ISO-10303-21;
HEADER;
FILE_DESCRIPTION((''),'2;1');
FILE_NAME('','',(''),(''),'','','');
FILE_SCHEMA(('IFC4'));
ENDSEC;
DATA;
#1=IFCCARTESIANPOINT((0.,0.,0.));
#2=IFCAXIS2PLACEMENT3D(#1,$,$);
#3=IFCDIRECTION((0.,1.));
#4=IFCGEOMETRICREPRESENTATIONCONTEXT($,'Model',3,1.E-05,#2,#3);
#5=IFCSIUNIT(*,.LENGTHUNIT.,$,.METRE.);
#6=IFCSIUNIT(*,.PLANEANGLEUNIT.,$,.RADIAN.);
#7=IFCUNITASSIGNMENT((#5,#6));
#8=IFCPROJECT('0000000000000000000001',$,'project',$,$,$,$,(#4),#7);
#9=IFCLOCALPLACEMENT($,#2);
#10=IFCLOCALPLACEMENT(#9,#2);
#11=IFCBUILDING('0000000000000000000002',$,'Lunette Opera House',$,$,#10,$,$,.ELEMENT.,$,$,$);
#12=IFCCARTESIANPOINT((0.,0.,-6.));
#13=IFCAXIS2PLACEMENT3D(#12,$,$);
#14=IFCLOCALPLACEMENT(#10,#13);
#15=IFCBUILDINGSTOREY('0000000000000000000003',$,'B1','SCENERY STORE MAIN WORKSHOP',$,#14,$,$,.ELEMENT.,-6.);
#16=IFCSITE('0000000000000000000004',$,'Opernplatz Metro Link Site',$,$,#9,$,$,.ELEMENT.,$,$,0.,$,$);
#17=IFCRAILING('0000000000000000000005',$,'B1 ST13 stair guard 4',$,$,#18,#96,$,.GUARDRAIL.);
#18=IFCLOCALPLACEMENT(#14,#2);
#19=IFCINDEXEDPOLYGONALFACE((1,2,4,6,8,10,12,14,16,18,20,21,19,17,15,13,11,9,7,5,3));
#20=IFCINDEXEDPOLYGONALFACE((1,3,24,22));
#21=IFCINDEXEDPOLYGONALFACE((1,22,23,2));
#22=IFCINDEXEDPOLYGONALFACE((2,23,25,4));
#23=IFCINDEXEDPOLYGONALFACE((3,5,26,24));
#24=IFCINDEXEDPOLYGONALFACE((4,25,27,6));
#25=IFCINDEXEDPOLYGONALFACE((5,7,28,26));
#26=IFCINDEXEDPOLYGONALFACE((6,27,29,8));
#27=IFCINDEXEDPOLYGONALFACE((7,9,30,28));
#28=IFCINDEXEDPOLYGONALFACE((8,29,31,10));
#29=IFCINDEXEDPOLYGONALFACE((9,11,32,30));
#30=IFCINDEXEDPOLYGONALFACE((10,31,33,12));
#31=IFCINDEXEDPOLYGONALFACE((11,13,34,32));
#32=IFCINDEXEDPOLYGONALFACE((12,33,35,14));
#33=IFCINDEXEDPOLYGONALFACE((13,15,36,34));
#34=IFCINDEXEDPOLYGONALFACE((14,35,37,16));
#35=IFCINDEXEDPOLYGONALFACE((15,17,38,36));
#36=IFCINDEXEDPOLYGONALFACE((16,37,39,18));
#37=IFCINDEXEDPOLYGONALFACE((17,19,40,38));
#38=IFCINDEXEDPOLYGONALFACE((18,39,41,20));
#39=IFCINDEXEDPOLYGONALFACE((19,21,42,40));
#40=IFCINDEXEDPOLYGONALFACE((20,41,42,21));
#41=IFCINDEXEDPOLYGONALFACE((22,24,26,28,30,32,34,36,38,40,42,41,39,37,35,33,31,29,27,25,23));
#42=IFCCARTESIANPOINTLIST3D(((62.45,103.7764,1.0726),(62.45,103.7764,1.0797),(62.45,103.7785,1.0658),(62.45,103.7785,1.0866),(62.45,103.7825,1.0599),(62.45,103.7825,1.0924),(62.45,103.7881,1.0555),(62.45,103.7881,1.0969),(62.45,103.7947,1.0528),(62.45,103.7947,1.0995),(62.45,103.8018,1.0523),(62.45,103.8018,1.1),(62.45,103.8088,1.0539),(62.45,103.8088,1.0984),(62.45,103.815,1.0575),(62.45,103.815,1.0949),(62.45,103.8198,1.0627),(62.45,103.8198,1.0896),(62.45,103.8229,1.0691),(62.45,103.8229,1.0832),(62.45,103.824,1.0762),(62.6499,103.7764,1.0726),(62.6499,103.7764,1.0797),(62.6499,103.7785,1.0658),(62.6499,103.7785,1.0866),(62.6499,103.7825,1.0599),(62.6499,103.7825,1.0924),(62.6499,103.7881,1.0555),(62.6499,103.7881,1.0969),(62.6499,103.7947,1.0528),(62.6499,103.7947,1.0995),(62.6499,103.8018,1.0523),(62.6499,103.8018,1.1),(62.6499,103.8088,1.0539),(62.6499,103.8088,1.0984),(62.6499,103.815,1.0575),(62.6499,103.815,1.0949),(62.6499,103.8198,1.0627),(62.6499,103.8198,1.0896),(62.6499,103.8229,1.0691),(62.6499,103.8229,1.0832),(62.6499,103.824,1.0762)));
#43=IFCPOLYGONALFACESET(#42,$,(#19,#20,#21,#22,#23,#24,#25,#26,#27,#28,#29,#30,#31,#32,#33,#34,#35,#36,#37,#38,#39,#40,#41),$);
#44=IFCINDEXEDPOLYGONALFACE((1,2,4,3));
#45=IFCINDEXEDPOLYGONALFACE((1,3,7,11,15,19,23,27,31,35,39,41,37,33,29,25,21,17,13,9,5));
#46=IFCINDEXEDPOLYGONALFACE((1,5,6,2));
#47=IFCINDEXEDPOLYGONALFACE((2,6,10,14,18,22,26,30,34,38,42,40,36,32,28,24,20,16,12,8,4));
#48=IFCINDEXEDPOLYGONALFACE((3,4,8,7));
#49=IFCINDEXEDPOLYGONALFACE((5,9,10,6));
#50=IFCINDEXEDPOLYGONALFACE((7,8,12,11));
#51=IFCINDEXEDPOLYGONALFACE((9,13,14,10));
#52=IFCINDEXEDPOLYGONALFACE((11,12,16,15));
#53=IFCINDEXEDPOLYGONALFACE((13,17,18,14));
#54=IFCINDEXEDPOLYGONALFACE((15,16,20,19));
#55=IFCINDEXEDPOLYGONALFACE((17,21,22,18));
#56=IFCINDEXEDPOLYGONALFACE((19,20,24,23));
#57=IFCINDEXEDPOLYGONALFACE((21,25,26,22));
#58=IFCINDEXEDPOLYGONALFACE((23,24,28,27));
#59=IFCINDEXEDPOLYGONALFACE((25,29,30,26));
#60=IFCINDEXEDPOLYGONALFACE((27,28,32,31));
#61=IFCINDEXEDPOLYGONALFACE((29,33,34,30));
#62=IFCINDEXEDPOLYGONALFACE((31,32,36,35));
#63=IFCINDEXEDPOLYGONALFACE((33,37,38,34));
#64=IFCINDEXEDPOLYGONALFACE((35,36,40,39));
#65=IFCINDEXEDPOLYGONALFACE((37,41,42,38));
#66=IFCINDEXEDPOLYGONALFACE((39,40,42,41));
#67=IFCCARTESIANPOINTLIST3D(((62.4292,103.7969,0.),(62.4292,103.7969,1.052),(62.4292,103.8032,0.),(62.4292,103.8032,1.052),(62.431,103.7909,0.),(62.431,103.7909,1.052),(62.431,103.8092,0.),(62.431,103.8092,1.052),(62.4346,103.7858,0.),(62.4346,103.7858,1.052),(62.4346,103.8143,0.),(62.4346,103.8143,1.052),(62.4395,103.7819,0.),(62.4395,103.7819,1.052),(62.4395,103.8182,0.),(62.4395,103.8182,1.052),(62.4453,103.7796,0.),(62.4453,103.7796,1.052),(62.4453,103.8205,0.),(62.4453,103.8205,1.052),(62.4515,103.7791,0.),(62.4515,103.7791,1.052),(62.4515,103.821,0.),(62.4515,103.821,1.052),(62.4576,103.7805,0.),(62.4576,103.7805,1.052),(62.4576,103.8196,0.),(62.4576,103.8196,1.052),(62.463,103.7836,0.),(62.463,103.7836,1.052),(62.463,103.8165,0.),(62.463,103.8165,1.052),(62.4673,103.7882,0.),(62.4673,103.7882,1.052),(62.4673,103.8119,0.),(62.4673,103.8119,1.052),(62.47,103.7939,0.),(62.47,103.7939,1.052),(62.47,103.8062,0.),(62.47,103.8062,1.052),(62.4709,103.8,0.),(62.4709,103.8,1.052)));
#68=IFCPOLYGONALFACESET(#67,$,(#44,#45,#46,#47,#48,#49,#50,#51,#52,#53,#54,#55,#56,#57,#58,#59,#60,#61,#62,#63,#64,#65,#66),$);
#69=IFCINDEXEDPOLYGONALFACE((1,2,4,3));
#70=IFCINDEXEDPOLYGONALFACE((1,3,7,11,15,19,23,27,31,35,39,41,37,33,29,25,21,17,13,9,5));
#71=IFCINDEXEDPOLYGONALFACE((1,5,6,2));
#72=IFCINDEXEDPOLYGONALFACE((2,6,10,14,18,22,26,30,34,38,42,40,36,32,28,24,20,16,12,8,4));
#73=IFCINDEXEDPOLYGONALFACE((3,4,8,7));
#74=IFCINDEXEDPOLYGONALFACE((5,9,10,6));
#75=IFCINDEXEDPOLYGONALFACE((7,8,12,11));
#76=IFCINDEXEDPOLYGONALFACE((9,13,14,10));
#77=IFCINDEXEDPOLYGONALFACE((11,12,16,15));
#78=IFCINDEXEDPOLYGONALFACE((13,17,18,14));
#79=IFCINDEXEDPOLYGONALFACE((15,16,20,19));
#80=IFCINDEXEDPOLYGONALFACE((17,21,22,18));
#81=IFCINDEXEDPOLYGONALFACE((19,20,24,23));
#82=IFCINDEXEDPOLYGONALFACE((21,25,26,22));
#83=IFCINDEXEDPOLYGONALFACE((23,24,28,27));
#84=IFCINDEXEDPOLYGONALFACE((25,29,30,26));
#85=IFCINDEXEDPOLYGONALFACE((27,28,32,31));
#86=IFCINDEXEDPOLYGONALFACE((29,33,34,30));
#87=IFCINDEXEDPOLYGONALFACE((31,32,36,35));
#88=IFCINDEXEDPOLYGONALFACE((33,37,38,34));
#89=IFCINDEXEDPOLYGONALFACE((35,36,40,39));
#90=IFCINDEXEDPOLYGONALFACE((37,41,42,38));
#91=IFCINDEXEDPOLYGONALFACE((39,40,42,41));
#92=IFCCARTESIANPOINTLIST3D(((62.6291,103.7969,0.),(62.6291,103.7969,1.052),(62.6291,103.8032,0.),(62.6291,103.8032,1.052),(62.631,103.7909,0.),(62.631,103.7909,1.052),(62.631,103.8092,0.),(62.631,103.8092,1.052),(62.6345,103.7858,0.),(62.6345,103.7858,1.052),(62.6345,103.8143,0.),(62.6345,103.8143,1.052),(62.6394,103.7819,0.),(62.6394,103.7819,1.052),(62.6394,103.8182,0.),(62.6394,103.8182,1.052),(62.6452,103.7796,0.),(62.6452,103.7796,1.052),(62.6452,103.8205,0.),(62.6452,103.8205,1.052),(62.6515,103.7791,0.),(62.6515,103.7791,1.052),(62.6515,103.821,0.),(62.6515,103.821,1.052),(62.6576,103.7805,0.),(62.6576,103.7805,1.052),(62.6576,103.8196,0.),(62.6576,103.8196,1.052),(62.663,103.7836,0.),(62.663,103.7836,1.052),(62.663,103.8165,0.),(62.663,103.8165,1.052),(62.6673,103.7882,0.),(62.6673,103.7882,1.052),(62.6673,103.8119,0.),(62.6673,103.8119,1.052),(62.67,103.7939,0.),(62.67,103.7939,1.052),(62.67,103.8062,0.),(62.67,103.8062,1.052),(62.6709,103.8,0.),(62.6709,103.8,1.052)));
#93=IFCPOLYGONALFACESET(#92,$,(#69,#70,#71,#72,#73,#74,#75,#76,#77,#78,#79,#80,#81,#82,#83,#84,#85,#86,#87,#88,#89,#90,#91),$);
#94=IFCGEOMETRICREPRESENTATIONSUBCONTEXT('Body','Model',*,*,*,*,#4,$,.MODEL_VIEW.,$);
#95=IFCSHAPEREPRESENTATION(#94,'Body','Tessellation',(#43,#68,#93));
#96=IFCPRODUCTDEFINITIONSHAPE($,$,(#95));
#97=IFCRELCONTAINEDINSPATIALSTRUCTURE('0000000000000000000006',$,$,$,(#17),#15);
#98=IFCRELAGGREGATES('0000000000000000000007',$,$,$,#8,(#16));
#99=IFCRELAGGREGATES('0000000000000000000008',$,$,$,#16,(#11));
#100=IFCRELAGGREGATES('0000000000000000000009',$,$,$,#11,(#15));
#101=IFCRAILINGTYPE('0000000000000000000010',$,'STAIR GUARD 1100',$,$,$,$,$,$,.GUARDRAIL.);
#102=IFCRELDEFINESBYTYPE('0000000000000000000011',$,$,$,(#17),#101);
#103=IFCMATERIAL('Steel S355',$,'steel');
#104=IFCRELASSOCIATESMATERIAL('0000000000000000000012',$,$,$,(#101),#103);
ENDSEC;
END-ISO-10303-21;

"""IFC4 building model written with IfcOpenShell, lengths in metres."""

from ifc_helpers import new_model, si_unit, direction, frame, origin, origin_2d, place, context, subcontext, project, spatial, circle, extrude, material, type_object, element, save


model = new_model("IFC4")

# Units and contexts
model_context = context("Model", 3, precision=1e-05, world=origin(), true_north=direction((0.0, 1.0)))
body_context = subcontext(model_context, "Body", "Model", "MODEL_VIEW")
ifc_project = project(units=[si_unit("LENGTHUNIT", "METRE"), si_unit("PLANEANGLEUNIT", "RADIAN")], contexts=[model_context])

# Site, building, storey
site_placement = place(None, origin())
site = spatial("IfcSite", under=ifc_project, at=site_placement, Name="Opernplatz Metro Link Site", CompositionType="ELEMENT", RefElevation=0.0)
building_placement = place(site_placement, origin())
building = spatial("IfcBuilding", under=site, at=building_placement, Name="Lunette Opera House", CompositionType="ELEMENT")
storey_placement = place(building_placement, frame((0.0, 0.0, -6.0)))
storey = spatial("IfcBuildingStorey", under=building, at=storey_placement, Name="B1", Description="SCENERY STORE MAIN WORKSHOP", CompositionType="ELEMENT", Elevation=-6.0)

# Railing
ifc_material_1 = material(Name="Steel S355", Category="steel")
railing_type_1 = type_object("IfcRailingType", Name="STAIR GUARD 1100", PredefinedType="GUARDRAIL", material=ifc_material_1)
railing_1_placement = place(storey_placement, frame((62.45, 103.8, 0.0)))
element("IfcRailing", 1, at=railing_1_placement, inside=storey, type_object=railing_type_1, Name="B1 ST13 stair guard 4", PredefinedType="GUARDRAIL", context=body_context, shape_type="SweptSolid", body=[
    extrude(circle(Radius=0.0239, at=origin_2d()), frame((0.0, 0.0, 1.0762), z_axis=(1.0, 0.0, 0.0), x_axis=(0.0, 1.0, 0.0)), (0.0, 0.0, 1.0), 0.2),
    extrude(circle(Radius=0.021, at=origin_2d()), origin(), (0.0, 0.0, 1.0), 1.052),
    extrude(circle(Radius=0.021, at=origin_2d()), frame((0.2, 0.0, 0.0)), (0.0, 0.0, 1.0), 1.052),
])

save(model, "model.ifc")
